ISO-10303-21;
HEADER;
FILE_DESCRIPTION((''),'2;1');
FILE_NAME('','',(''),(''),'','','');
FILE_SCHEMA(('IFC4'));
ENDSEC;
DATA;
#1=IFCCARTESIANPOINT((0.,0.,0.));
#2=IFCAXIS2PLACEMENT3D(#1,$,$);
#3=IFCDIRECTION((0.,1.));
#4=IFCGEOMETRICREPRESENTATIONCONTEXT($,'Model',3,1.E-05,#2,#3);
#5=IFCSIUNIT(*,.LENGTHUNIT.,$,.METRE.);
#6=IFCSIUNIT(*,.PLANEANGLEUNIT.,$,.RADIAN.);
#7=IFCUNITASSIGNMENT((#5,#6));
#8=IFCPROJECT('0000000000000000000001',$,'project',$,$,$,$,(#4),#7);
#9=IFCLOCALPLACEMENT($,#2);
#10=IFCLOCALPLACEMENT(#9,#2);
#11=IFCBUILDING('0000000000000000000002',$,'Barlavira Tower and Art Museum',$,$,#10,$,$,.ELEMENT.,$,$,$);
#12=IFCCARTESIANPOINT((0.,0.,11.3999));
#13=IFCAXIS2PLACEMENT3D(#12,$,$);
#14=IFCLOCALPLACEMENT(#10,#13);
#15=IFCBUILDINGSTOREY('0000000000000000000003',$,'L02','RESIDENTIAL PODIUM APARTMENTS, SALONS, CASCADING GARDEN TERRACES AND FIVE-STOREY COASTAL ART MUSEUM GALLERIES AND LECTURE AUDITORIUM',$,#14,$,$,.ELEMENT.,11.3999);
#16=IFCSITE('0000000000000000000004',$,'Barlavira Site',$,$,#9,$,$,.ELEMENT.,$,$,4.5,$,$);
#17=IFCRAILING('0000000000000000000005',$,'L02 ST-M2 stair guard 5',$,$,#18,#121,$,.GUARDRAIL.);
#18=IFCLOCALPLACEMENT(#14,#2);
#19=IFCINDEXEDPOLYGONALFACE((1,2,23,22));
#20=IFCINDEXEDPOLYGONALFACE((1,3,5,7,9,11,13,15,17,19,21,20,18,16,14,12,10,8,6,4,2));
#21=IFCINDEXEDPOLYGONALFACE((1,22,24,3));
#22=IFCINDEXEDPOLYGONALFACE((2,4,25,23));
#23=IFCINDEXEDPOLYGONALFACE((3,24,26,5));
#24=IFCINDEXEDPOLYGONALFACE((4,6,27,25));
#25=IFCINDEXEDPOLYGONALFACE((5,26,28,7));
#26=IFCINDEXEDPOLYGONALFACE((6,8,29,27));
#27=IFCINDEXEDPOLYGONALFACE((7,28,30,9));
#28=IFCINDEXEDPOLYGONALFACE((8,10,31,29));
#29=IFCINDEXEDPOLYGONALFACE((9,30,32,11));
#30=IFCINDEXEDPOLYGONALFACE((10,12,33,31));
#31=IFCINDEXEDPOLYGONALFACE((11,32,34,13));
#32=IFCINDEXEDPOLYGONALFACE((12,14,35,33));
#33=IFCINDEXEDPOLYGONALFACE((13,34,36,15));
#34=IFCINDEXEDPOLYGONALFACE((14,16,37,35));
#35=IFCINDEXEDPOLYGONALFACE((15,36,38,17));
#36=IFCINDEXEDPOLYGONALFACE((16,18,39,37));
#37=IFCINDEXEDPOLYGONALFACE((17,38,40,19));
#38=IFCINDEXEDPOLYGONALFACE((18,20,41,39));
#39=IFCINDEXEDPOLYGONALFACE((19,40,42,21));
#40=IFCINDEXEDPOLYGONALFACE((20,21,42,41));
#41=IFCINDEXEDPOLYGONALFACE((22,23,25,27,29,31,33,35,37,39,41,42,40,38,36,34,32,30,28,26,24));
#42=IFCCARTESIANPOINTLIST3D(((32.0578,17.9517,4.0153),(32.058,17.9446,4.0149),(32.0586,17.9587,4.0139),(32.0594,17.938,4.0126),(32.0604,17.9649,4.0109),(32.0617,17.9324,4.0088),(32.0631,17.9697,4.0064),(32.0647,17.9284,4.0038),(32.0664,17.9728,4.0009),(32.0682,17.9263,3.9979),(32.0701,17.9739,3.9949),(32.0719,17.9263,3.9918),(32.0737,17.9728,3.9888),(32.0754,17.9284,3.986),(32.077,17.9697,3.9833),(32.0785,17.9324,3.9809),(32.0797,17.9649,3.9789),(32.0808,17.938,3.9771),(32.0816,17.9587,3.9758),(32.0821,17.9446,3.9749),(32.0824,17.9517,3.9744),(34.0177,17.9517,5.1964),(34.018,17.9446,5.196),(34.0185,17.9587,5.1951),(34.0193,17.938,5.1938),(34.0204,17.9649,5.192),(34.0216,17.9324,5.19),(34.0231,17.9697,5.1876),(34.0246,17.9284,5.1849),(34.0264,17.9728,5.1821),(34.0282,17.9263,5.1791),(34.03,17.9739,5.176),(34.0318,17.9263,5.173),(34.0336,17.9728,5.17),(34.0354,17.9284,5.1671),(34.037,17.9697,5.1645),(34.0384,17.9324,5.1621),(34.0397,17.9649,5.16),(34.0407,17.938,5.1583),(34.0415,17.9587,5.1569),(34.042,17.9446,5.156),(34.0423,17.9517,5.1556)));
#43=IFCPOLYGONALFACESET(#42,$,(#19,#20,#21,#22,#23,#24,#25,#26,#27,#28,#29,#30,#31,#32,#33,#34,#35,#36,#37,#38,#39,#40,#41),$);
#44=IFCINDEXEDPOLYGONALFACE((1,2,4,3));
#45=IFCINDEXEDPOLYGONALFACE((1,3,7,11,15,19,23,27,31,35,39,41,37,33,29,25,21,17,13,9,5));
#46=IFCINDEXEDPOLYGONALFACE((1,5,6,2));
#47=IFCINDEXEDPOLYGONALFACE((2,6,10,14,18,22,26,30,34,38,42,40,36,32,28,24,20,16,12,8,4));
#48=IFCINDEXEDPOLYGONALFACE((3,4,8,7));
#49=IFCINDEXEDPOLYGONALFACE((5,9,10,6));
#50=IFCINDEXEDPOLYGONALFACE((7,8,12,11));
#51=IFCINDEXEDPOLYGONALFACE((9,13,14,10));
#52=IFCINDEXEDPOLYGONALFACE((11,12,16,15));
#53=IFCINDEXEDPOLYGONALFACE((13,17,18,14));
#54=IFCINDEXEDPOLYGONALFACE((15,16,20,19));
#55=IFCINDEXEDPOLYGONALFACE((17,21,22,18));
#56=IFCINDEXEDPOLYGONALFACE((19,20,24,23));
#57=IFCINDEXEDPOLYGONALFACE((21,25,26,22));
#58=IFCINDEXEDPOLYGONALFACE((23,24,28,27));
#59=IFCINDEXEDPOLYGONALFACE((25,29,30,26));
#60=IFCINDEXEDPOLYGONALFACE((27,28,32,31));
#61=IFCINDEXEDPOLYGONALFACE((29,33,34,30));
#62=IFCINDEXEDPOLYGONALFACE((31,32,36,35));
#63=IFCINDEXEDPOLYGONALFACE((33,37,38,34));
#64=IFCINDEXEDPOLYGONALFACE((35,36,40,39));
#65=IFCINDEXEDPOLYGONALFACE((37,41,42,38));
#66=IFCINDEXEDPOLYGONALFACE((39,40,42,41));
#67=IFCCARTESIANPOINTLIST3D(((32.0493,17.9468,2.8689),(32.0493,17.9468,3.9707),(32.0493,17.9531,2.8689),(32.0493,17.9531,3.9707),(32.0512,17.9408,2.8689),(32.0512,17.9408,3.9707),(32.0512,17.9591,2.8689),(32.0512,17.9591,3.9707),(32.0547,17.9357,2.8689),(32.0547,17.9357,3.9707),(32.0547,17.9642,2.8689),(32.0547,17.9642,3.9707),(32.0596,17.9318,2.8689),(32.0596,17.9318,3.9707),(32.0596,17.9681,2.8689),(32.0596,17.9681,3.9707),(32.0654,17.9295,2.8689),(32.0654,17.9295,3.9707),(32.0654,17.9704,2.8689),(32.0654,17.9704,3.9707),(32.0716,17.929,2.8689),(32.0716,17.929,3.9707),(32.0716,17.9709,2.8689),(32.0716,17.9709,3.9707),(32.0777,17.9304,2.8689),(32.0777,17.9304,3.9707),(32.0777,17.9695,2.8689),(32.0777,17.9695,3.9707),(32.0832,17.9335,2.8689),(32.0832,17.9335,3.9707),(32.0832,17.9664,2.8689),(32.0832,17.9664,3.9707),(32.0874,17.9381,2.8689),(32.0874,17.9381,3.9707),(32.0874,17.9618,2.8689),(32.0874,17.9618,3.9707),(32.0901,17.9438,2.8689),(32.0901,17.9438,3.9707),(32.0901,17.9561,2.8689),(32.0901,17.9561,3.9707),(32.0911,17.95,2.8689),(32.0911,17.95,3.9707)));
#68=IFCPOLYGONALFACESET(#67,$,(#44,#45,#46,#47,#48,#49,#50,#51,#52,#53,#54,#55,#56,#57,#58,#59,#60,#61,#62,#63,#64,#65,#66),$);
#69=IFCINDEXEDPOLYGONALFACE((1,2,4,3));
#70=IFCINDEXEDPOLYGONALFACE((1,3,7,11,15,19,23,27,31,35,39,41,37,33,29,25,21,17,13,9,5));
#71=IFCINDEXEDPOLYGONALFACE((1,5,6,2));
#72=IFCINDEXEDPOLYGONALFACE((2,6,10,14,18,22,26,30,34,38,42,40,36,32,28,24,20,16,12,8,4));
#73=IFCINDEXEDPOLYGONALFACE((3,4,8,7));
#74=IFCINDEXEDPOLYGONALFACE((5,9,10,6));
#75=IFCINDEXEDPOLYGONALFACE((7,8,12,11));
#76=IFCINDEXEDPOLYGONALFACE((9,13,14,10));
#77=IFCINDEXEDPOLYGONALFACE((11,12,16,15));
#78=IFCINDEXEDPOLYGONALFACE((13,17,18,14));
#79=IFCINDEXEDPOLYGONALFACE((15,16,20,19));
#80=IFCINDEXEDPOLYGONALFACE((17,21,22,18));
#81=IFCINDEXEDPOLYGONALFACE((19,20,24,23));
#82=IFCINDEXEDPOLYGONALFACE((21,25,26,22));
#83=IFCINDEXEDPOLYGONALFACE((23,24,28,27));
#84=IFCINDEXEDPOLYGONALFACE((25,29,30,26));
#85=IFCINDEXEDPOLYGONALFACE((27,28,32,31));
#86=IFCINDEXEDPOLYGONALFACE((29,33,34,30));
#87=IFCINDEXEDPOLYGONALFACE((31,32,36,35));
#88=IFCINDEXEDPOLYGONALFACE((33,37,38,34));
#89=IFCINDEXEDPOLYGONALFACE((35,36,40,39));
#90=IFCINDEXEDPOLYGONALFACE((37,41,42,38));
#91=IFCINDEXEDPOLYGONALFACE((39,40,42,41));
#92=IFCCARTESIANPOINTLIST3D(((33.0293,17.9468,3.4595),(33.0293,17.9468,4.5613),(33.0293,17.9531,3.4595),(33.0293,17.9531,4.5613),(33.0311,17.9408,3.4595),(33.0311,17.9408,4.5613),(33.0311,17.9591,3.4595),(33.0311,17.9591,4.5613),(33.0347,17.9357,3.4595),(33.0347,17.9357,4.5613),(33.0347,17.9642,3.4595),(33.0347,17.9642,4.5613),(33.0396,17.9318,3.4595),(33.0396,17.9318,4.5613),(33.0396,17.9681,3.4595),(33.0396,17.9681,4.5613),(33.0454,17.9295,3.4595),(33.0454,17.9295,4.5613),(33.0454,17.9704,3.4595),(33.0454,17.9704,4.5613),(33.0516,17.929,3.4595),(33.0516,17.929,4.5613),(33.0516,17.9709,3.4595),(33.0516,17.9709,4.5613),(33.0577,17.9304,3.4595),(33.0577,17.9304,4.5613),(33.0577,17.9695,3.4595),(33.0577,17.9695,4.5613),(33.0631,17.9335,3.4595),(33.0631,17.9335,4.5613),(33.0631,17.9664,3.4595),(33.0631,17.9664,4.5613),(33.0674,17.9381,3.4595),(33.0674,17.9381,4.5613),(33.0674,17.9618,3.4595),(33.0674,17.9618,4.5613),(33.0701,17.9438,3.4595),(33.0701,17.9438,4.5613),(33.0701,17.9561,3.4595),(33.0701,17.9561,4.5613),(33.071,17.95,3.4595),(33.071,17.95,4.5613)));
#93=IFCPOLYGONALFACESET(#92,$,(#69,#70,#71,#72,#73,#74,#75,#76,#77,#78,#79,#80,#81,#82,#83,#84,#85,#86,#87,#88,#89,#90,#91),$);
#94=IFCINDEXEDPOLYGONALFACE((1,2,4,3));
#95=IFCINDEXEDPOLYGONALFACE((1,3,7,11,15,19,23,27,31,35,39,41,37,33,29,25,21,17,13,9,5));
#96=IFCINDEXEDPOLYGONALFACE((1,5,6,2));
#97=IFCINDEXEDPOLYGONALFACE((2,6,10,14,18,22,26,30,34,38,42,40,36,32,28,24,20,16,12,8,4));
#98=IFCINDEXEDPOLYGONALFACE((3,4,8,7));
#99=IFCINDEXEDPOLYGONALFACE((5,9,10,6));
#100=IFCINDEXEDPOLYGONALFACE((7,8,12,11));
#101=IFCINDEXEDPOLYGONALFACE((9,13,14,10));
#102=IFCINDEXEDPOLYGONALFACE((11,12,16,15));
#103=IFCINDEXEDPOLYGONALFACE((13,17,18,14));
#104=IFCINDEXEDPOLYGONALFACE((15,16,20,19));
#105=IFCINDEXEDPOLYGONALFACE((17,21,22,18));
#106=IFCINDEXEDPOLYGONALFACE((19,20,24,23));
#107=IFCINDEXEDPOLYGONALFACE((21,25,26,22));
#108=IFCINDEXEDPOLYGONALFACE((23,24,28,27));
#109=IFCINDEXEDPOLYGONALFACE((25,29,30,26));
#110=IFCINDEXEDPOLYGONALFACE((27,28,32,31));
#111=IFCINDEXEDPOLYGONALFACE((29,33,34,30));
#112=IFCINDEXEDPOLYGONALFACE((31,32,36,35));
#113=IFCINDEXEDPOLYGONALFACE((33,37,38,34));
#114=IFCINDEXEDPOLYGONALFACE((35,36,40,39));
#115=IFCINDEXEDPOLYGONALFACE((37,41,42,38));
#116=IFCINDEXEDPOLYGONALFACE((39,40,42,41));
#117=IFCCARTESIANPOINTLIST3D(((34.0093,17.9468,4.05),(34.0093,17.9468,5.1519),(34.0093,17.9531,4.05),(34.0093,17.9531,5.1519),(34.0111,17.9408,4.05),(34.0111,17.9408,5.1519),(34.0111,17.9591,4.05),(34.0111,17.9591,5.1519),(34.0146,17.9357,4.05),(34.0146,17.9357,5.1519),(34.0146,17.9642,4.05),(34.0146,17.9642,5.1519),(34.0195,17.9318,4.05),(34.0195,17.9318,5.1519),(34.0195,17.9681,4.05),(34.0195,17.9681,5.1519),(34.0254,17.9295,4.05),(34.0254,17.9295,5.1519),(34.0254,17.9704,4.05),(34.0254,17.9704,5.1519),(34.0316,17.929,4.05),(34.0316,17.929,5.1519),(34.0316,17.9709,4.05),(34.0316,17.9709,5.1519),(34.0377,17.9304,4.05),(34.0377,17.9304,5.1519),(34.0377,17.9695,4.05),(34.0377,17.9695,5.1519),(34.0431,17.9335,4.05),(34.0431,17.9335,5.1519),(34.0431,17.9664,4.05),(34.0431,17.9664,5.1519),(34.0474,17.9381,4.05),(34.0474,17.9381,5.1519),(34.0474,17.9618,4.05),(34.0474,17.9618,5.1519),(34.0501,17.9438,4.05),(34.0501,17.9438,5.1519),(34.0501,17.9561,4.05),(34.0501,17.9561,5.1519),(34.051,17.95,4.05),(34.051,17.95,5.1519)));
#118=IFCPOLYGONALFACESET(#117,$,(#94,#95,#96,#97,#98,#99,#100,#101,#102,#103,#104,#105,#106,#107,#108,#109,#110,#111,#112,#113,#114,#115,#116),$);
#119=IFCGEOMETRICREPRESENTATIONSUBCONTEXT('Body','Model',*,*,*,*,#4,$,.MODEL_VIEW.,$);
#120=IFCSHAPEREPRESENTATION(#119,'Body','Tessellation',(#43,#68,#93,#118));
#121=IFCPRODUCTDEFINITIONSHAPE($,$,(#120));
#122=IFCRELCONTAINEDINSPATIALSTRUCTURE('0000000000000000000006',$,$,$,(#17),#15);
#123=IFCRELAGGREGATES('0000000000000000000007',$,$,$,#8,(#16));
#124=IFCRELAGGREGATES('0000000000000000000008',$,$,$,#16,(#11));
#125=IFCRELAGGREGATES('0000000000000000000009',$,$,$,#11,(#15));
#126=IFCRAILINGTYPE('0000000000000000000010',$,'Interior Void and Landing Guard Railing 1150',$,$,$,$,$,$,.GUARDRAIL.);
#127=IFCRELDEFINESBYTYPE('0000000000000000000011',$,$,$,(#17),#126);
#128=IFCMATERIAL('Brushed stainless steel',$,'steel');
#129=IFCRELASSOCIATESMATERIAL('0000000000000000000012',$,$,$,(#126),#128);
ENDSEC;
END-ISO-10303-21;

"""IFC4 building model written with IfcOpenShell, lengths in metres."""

from ifc_helpers import new_model, si_unit, direction, frame, origin, origin_2d, place, context, subcontext, project, spatial, circle, extrude, material, type_object, element, save


model = new_model("IFC4")

# Units and contexts
model_context = context("Model", 3, precision=1e-05, world=origin(), true_north=direction((0.0, 1.0)))
body_context = subcontext(model_context, "Body", "Model", "MODEL_VIEW")
ifc_project = project(units=[si_unit("LENGTHUNIT", "METRE"), si_unit("PLANEANGLEUNIT", "RADIAN")], contexts=[model_context])

# Site, building, storey
site_placement = place(None, origin())
site = spatial("IfcSite", under=ifc_project, at=site_placement, Name="Barlavira Site", CompositionType="ELEMENT", RefElevation=4.5)
building_placement = place(site_placement, origin())
building = spatial("IfcBuilding", under=site, at=building_placement, Name="Barlavira Tower and Art Museum", CompositionType="ELEMENT")
storey_placement = place(building_placement, frame((0.0, 0.0, 11.3999)))
storey = spatial("IfcBuildingStorey", under=building, at=storey_placement, Name="L02", Description="RESIDENTIAL PODIUM APARTMENTS, SALONS, CASCADING GARDEN TERRACES AND FIVE-STOREY COASTAL ART MUSEUM GALLERIES AND LECTURE AUDITORIUM", CompositionType="ELEMENT", Elevation=11.3999)

# Railing
ifc_material_1 = material(Name="Brushed stainless steel", Category="steel")
railing_type_1 = type_object("IfcRailingType", Name="Interior Void and Landing Guard Railing 1150", PredefinedType="GUARDRAIL", material=ifc_material_1)
railing_1_placement = place(storey_placement, frame((32.0701, 17.95, 2.8689)))
element("IfcRailing", 1, at=railing_1_placement, inside=storey, type_object=railing_type_1, Name="L02 ST-M2 stair guard 5", PredefinedType="GUARDRAIL", context=body_context, shape_type="SweptSolid", body=[
    extrude(circle(Radius=0.0239, at=origin_2d()), frame((0.0, 0.0, 1.126), z_axis=(0.856493, 0.0, 0.516158), x_axis=(0.0, 1.0, 0.0)), (0.0, 0.0, 1.0), 2.2883),
    extrude(circle(Radius=0.021, at=origin_2d()), origin(), (0.0, 0.0, 1.0), 1.1018),
    extrude(circle(Radius=0.021, at=origin_2d()), frame((0.98, 0.0, 0.5906)), (0.0, 0.0, 1.0), 1.1018),
    extrude(circle(Radius=0.021, at=origin_2d()), frame((1.96, 0.0, 1.1812)), (0.0, 0.0, 1.0), 1.1018),
])

save(model, "model.ifc")
